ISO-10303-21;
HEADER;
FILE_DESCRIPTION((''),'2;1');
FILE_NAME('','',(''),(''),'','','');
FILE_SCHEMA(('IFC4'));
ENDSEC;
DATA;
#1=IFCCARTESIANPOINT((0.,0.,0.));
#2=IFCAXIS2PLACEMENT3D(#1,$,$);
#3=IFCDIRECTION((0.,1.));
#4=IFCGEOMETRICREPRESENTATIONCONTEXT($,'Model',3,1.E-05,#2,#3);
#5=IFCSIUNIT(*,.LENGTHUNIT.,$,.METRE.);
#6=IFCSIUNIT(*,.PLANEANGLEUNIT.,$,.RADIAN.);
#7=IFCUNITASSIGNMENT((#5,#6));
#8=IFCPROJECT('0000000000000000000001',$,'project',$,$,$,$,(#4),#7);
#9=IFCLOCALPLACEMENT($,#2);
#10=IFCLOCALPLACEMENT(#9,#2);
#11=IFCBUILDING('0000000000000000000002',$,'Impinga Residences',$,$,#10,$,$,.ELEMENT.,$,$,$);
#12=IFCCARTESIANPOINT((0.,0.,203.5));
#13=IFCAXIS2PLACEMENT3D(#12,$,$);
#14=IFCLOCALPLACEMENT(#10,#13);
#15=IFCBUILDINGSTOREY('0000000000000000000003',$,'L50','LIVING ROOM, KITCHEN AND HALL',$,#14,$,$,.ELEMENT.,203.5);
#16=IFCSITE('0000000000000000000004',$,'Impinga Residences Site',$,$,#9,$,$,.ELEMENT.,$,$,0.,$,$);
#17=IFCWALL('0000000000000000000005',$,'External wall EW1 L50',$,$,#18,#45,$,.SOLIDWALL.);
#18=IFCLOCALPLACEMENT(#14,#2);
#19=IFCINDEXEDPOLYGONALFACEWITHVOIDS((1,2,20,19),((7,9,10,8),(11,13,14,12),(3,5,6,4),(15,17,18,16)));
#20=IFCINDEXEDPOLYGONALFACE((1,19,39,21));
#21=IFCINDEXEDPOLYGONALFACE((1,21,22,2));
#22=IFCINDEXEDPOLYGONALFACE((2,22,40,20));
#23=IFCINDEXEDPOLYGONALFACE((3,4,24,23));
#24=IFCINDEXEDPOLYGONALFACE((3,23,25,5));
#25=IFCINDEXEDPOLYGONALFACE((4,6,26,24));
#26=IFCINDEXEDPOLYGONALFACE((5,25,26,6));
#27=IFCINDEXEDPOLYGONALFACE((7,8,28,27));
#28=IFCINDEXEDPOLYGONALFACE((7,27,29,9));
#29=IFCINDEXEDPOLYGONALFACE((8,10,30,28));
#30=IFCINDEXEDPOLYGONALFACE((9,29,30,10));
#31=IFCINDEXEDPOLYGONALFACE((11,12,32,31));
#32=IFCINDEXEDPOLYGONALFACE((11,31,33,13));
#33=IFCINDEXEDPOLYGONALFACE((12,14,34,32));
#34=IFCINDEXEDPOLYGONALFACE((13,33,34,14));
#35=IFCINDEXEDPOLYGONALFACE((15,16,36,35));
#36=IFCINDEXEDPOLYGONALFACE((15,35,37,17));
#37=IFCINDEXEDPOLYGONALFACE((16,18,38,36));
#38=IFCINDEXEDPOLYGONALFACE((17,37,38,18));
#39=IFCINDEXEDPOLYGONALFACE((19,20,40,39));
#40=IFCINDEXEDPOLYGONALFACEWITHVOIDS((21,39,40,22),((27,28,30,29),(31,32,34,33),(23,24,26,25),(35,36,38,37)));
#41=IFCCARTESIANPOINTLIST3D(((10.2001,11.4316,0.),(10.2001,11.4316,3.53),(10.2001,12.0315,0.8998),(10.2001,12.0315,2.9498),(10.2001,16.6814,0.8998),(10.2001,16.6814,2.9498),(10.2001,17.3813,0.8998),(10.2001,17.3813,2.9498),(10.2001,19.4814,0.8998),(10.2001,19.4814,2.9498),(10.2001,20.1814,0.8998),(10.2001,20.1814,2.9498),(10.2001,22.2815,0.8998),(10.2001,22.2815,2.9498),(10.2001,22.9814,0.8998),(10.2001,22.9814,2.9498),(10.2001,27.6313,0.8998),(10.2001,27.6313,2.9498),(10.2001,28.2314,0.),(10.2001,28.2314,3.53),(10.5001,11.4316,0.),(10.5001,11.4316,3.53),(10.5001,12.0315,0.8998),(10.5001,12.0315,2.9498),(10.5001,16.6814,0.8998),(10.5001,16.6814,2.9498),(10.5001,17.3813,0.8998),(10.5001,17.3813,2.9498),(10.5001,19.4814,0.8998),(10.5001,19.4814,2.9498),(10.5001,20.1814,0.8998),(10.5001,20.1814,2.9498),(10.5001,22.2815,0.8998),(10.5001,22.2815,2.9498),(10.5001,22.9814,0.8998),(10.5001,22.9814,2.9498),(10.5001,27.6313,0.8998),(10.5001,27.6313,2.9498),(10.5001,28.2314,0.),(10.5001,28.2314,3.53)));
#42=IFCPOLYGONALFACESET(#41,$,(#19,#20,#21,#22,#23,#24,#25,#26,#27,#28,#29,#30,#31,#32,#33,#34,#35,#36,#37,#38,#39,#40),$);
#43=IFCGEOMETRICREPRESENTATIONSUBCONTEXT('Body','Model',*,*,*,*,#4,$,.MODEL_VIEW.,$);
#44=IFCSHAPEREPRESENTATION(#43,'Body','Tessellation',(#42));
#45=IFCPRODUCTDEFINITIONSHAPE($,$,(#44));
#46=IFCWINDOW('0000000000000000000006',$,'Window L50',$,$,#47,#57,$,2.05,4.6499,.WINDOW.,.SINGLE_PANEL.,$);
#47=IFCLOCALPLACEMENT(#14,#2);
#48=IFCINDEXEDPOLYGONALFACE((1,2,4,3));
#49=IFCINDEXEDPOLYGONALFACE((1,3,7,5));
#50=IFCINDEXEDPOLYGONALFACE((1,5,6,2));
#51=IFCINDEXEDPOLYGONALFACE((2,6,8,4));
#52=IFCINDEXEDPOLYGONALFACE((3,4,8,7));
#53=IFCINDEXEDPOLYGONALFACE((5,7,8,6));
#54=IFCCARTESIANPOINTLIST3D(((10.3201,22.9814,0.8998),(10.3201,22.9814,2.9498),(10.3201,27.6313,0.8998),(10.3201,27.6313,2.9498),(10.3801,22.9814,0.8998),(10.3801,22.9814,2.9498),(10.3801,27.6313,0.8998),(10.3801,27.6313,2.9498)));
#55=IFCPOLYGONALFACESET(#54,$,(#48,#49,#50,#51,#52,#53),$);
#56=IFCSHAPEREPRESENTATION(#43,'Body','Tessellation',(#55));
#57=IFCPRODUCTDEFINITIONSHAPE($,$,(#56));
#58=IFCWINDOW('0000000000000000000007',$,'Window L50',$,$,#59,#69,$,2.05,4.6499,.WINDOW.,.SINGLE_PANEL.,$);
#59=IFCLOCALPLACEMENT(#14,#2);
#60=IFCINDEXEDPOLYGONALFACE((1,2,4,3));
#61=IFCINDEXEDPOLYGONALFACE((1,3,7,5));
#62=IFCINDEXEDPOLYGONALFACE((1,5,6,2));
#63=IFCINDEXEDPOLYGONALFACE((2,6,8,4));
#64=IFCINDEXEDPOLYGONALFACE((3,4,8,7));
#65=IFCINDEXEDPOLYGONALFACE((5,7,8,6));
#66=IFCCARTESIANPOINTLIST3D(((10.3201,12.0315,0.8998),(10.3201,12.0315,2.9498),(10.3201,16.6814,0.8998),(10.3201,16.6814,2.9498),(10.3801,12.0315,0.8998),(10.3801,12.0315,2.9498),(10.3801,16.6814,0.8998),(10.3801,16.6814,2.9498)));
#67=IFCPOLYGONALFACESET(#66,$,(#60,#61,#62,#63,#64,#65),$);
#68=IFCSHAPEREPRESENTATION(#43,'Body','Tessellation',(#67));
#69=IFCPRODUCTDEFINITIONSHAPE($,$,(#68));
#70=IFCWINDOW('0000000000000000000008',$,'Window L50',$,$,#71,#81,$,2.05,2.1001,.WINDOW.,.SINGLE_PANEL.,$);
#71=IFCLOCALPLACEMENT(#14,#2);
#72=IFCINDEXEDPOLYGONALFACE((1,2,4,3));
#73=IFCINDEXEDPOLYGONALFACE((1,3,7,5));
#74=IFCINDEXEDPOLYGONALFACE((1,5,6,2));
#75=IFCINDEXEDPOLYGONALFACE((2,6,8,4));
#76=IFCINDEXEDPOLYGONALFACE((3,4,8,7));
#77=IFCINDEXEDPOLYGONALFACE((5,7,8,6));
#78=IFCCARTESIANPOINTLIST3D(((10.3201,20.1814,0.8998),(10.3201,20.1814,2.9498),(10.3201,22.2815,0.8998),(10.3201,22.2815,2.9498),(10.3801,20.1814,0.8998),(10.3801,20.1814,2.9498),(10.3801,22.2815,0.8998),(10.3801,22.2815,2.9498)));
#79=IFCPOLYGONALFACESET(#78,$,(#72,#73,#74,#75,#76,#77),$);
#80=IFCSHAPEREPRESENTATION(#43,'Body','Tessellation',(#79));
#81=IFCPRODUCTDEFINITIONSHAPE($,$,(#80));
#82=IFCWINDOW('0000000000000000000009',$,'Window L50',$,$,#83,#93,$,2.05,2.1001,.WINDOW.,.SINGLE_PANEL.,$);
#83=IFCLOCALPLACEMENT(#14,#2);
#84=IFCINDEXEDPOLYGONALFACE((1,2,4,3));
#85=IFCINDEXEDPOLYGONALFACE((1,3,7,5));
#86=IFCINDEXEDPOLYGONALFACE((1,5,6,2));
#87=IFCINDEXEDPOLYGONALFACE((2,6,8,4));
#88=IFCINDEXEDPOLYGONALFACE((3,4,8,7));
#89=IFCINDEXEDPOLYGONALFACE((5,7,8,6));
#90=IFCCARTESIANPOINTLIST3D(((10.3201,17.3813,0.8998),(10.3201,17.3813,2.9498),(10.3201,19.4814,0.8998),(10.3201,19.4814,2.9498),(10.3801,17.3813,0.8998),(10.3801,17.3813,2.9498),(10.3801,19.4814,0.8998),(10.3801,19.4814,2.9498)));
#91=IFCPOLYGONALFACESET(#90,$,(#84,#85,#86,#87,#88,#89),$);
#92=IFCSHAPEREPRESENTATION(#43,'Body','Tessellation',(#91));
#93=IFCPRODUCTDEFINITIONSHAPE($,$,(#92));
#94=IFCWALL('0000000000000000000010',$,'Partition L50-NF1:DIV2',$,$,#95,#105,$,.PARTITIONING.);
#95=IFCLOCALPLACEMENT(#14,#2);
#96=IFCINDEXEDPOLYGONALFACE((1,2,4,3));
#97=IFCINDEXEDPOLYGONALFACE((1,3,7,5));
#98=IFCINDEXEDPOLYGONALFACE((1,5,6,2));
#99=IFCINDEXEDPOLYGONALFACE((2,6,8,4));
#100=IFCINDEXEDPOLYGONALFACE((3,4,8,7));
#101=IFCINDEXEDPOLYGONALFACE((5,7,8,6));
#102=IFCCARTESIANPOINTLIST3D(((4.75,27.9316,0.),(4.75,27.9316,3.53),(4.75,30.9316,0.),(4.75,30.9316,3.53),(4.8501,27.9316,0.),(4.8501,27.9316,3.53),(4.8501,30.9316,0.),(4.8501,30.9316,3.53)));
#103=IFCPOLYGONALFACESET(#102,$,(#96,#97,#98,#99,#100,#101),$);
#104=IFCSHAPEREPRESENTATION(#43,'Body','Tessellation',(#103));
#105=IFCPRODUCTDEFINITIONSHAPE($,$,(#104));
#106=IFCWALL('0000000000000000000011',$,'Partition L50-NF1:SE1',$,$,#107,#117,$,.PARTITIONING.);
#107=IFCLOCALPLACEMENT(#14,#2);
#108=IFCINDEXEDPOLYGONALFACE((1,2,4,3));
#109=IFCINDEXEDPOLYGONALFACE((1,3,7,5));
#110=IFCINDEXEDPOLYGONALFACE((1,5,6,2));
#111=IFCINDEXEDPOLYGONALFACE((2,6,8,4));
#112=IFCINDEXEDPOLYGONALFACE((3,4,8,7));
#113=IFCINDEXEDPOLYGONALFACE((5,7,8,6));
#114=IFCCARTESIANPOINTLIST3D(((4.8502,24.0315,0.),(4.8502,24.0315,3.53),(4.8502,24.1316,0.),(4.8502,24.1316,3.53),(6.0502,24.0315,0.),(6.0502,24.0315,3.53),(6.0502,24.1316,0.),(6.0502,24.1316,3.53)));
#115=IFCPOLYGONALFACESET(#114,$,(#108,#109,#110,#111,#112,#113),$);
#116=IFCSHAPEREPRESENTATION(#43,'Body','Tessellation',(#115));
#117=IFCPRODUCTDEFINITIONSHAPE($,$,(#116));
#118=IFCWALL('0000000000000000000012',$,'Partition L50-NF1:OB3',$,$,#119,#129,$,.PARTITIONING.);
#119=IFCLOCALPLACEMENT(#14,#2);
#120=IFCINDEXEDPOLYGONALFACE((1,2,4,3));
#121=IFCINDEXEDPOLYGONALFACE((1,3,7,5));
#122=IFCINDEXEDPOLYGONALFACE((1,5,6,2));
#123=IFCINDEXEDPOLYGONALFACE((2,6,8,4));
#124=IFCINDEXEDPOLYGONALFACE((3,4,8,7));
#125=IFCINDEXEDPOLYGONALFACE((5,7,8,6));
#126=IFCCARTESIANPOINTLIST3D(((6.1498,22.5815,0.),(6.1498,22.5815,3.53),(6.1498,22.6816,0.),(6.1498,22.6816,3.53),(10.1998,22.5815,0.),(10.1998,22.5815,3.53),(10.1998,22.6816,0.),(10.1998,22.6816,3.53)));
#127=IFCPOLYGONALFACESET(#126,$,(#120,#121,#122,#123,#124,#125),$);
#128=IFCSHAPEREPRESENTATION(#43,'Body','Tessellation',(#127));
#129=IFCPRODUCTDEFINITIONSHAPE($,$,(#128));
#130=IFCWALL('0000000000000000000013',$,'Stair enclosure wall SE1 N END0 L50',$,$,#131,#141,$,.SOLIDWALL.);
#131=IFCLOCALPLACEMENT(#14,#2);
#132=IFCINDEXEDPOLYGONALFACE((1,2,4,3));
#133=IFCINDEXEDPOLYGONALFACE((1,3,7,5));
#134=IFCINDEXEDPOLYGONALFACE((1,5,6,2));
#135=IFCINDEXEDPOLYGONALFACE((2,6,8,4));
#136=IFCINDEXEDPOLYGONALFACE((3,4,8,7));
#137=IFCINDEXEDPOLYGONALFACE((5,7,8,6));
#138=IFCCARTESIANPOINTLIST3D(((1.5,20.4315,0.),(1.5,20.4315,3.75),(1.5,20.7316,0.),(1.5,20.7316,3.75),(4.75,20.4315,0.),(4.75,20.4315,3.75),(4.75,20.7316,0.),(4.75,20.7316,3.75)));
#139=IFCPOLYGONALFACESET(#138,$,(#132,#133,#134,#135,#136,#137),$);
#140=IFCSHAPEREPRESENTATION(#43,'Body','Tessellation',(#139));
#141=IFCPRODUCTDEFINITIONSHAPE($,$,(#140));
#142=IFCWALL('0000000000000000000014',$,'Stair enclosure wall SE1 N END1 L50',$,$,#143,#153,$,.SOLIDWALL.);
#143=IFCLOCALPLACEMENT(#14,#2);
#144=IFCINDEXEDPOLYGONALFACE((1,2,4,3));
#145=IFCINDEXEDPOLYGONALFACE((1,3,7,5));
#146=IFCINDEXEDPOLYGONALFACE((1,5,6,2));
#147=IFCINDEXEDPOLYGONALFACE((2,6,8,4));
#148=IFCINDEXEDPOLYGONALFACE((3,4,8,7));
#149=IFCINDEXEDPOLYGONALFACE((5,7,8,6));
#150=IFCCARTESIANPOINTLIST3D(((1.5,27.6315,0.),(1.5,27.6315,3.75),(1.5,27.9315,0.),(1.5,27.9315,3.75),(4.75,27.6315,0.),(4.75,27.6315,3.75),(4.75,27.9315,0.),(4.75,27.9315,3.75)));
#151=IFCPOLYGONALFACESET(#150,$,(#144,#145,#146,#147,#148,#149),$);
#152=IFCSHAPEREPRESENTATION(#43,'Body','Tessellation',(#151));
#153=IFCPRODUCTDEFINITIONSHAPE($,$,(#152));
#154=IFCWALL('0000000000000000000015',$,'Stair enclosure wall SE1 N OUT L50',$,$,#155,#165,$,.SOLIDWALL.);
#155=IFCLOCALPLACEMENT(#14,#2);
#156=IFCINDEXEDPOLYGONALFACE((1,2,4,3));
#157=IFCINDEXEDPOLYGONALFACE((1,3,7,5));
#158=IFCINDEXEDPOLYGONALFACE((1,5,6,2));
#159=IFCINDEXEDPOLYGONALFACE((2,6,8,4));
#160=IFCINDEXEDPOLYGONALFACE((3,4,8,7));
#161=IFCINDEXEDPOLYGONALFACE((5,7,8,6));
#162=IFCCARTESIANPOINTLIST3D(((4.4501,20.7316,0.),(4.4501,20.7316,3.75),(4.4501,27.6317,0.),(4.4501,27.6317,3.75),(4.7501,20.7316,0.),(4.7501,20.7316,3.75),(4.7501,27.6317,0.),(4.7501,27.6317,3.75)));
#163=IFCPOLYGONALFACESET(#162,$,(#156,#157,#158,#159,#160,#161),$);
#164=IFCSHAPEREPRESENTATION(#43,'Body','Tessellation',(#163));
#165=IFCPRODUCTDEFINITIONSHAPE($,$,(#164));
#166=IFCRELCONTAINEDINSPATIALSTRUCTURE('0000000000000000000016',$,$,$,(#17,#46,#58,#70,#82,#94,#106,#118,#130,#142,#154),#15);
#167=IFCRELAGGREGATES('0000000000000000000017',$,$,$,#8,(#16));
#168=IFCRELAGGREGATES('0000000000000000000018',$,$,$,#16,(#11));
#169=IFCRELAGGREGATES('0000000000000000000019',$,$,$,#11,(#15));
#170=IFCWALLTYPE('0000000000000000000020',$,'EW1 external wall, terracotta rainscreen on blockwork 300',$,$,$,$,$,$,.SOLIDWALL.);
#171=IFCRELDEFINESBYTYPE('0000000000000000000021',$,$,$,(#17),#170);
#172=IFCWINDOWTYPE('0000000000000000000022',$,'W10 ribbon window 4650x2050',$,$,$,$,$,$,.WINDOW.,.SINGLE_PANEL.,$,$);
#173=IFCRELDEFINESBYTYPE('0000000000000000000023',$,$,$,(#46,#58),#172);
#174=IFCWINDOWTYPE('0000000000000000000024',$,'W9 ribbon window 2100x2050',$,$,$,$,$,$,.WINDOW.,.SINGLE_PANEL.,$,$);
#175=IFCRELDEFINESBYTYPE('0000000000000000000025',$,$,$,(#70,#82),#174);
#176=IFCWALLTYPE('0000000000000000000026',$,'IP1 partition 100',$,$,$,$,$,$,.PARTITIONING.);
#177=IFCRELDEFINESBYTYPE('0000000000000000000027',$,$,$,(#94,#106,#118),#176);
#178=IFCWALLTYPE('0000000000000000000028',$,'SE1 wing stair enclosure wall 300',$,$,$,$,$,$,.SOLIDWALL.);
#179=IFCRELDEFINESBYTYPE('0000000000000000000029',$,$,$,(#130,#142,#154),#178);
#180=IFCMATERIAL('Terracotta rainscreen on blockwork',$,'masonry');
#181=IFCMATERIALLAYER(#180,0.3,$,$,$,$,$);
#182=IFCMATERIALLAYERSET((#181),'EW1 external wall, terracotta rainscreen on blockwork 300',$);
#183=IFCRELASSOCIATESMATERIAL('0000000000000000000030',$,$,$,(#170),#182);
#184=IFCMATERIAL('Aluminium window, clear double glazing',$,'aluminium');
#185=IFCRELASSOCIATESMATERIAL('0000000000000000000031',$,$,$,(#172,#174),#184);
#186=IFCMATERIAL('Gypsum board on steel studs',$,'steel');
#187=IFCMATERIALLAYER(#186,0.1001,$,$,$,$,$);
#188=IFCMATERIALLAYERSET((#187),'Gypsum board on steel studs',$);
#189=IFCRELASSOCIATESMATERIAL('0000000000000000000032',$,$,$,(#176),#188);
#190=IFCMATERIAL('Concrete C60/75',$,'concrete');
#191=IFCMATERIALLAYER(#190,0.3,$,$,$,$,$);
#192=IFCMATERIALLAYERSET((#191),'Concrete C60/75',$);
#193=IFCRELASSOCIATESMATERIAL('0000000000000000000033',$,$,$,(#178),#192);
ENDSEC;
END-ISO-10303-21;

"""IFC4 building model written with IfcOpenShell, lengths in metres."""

from ifc_helpers import new_model, si_unit, direction, frame, frame_2d, origin, place, context, subcontext, project, spatial, rectangle, extrude, material, layer, layer_set, type_object, element, fill, save


model = new_model("IFC4")

# Units and contexts
model_context = context("Model", 3, precision=1e-05, world=origin(), true_north=direction((0.0, 1.0)))
body_context = subcontext(model_context, "Body", "Model", "MODEL_VIEW")
ifc_project = project(units=[si_unit("LENGTHUNIT", "METRE"), si_unit("PLANEANGLEUNIT", "RADIAN")], contexts=[model_context])

# Site, building, storey
site_placement = place(None, origin())
site = spatial("IfcSite", under=ifc_project, at=site_placement, Name="Impinga Residences Site", CompositionType="ELEMENT", RefElevation=0.0)
building_placement = place(site_placement, origin())
building = spatial("IfcBuilding", under=site, at=building_placement, Name="Impinga Residences", CompositionType="ELEMENT")
storey_placement = place(building_placement, frame((0.0, 0.0, 203.5)))
storey = spatial("IfcBuildingStorey", under=building, at=storey_placement, Name="L50", Description="LIVING ROOM, KITCHEN AND HALL", CompositionType="ELEMENT", Elevation=203.5)

# Shared definitions
ifc_material_1 = material(Name="Concrete C60/75", Category="concrete")

# Shared definitions
ifc_material_2 = material(Name="Terracotta rainscreen on blockwork", Category="masonry")
ifc_layer_1 = layer(ifc_material_2, 0.3)
ifc_layer_set_1 = layer_set([ifc_layer_1], Name="EW1 external wall, terracotta rainscreen on blockwork 300")
wall_type_1 = type_object("IfcWallType", Name="EW1 external wall, terracotta rainscreen on blockwork 300", PredefinedType="SOLIDWALL", material=ifc_layer_set_1)

# Wall, openings, windows
wall_1_placement = place(storey_placement, frame((10.3501, 28.2314, 0.0), z_axis=(0.0, 0.0, 1.0), x_axis=(0.0, -1.0, 0.0)))
wall_1 = element("IfcWall", 1, at=wall_1_placement, inside=storey, type_object=wall_type_1, Name="External wall EW1 L50", PredefinedType="SOLIDWALL", context=body_context, shape_type="SweptSolid", body=[
    extrude(rectangle(XDim=16.7998, YDim=0.3, at=frame_2d((8.3999, 0.0))), origin(), (0.0, 0.0, 1.0), 3.53),
])
opening_1_placement = place(wall_1_placement, frame((0.6001, 0.0, 0.8999)))
opening_1 = element("IfcOpeningElement", 2, at=opening_1_placement, cuts=wall_1, PredefinedType="OPENING", context=body_context, shape_type="SweptSolid", body=[
    extrude(rectangle(XDim=4.6499, YDim=2.05, at=frame_2d((2.325, 1.0249))), frame((0.0, 0.1599, 0.0), z_axis=(0.0, -1.0, 0.0), x_axis=(1.0, 0.0, 0.0)), (0.0, 0.0, 1.0), 0.3201),
])
opening_2_placement = place(wall_1_placement, frame((5.95, 0.0, 0.8999)))
opening_2 = element("IfcOpeningElement", 3, at=opening_2_placement, cuts=wall_1, PredefinedType="OPENING", context=body_context, shape_type="SweptSolid", body=[
    extrude(rectangle(XDim=2.1001, YDim=2.05, at=frame_2d((1.05, 1.0249))), frame((0.0, 0.1599, 0.0), z_axis=(0.0, -1.0, 0.0), x_axis=(1.0, 0.0, 0.0)), (0.0, 0.0, 1.0), 0.3201),
])
opening_3_placement = place(wall_1_placement, frame((8.75, 0.0, 0.8999)))
opening_3 = element("IfcOpeningElement", 4, at=opening_3_placement, cuts=wall_1, PredefinedType="OPENING", context=body_context, shape_type="SweptSolid", body=[
    extrude(rectangle(XDim=2.1001, YDim=2.05, at=frame_2d((1.05, 1.0249))), frame((0.0, 0.1599, 0.0), z_axis=(0.0, -1.0, 0.0), x_axis=(1.0, 0.0, 0.0)), (0.0, 0.0, 1.0), 0.3201),
])
opening_4_placement = place(wall_1_placement, frame((11.55, 0.0, 0.8999)))
opening_4 = element("IfcOpeningElement", 5, at=opening_4_placement, cuts=wall_1, PredefinedType="OPENING", context=body_context, shape_type="SweptSolid", body=[
    extrude(rectangle(XDim=4.6499, YDim=2.05, at=frame_2d((2.325, 1.0249))), frame((0.0, 0.1599, 0.0), z_axis=(0.0, -1.0, 0.0), x_axis=(1.0, 0.0, 0.0)), (0.0, 0.0, 1.0), 0.3201),
])
ifc_material_3 = material(Name="Aluminium window, clear double glazing", Category="aluminium")
window_type_1 = type_object("IfcWindowType", Name="W10 ribbon window 4650x2050", PartitioningType="SINGLE_PANEL", PredefinedType="WINDOW", material=ifc_material_3)
window_1_placement = place(opening_1_placement, origin())
window_1 = element("IfcWindow", 6, at=window_1_placement, inside=storey, type_object=window_type_1, Name="Window L50", OverallHeight=2.05, OverallWidth=4.6499, PartitioningType="SINGLE_PANEL", PredefinedType="WINDOW", context=body_context, shape_type="SweptSolid", body=[
    extrude(rectangle(XDim=4.6499, YDim=2.05, at=frame_2d((2.325, 1.0249))), frame((0.0, 0.03, 0.0), z_axis=(0.0, -1.0, 0.0), x_axis=(1.0, 0.0, 0.0)), (0.0, 0.0, 1.0), 0.0601),
])
fill(opening_1, window_1)
window_2_placement = place(opening_4_placement, origin())
window_2 = element("IfcWindow", 7, at=window_2_placement, inside=storey, type_object=window_type_1, Name="Window L50", OverallHeight=2.05, OverallWidth=4.6499, PartitioningType="SINGLE_PANEL", PredefinedType="WINDOW", context=body_context, shape_type="SweptSolid", body=[
    extrude(rectangle(XDim=4.6499, YDim=2.05, at=frame_2d((2.325, 1.0249))), frame((0.0, 0.03, 0.0), z_axis=(0.0, -1.0, 0.0), x_axis=(1.0, 0.0, 0.0)), (0.0, 0.0, 1.0), 0.0601),
])
fill(opening_4, window_2)
window_type_2 = type_object("IfcWindowType", Name="W9 ribbon window 2100x2050", PartitioningType="SINGLE_PANEL", PredefinedType="WINDOW", material=ifc_material_3)
window_3_placement = place(opening_2_placement, origin())
window_3 = element("IfcWindow", 8, at=window_3_placement, inside=storey, type_object=window_type_2, Name="Window L50", OverallHeight=2.05, OverallWidth=2.1001, PartitioningType="SINGLE_PANEL", PredefinedType="WINDOW", context=body_context, shape_type="SweptSolid", body=[
    extrude(rectangle(XDim=2.1001, YDim=2.05, at=frame_2d((1.05, 1.0249))), frame((0.0, 0.03, 0.0), z_axis=(0.0, -1.0, 0.0), x_axis=(1.0, 0.0, 0.0)), (0.0, 0.0, 1.0), 0.0601),
])
fill(opening_2, window_3)
window_4_placement = place(opening_3_placement, origin())
window_4 = element("IfcWindow", 9, at=window_4_placement, inside=storey, type_object=window_type_2, Name="Window L50", OverallHeight=2.05, OverallWidth=2.1001, PartitioningType="SINGLE_PANEL", PredefinedType="WINDOW", context=body_context, shape_type="SweptSolid", body=[
    extrude(rectangle(XDim=2.1001, YDim=2.05, at=frame_2d((1.05, 1.0249))), frame((0.0, 0.03, 0.0), z_axis=(0.0, -1.0, 0.0), x_axis=(1.0, 0.0, 0.0)), (0.0, 0.0, 1.0), 0.0601),
])
fill(opening_3, window_4)

# Walls
ifc_material_4 = material(Name="Gypsum board on steel studs", Category="steel")
ifc_layer_2 = layer(ifc_material_4, 0.1001)
ifc_layer_set_2 = layer_set([ifc_layer_2], Name="Gypsum board on steel studs")
wall_type_2 = type_object("IfcWallType", Name="IP1 partition 100", PredefinedType="PARTITIONING", material=ifc_layer_set_2)
wall_2_placement = place(storey_placement, frame((4.8, 27.9316, 0.0), z_axis=(0.0, 0.0, 1.0), x_axis=(0.0, 1.0, 0.0)))
element("IfcWall", 10, at=wall_2_placement, inside=storey, type_object=wall_type_2, Name="Partition L50-NF1:DIV2", PredefinedType="PARTITIONING", context=body_context, shape_type="SweptSolid", body=[
    extrude(rectangle(XDim=3.0, YDim=0.1001, at=frame_2d((1.5, 0.0))), origin(), (0.0, 0.0, 1.0), 3.53),
])
wall_3_placement = place(storey_placement, frame((4.8501, 24.0815, 0.0), z_axis=(0.0, 0.0, 1.0), x_axis=(1.0, 0.0, 0.0)))
element("IfcWall", 11, at=wall_3_placement, inside=storey, type_object=wall_type_2, Name="Partition L50-NF1:SE1", PredefinedType="PARTITIONING", context=body_context, shape_type="SweptSolid", body=[
    extrude(rectangle(XDim=1.2, YDim=0.1001, at=frame_2d((0.6001, 0.0))), origin(), (0.0, 0.0, 1.0), 3.53),
])
wall_4_placement = place(storey_placement, frame((6.1499, 22.6316, 0.0), z_axis=(0.0, 0.0, 1.0), x_axis=(1.0, 0.0, 0.0)))
element("IfcWall", 12, at=wall_4_placement, inside=storey, type_object=wall_type_2, Name="Partition L50-NF1:OB3", PredefinedType="PARTITIONING", context=body_context, shape_type="SweptSolid", body=[
    extrude(rectangle(XDim=4.05, YDim=0.1001, at=frame_2d((2.0249, 0.0))), origin(), (0.0, 0.0, 1.0), 3.53),
])
ifc_layer_3 = layer(ifc_material_1, 0.3)
ifc_layer_set_3 = layer_set([ifc_layer_3], Name="Concrete C60/75")
wall_type_3 = type_object("IfcWallType", Name="SE1 wing stair enclosure wall 300", PredefinedType="SOLIDWALL", material=ifc_layer_set_3)
for number, where, z_axis, x_axis, name in (
    (13, (1.5, 20.5815, 0.0), (0.0, 0.0, 1.0), (1.0, 0.0, 0.0), "Stair enclosure wall SE1 N END0 L50"),
    (14, (1.5, 27.7815, 0.0), (0.0, 0.0, 1.0), (1.0, 0.0, 0.0), "Stair enclosure wall SE1 N END1 L50"),
):
    element("IfcWall", number, at=place(storey_placement, frame(where, z_axis=z_axis, x_axis=x_axis)), inside=storey, type_object=wall_type_3, Name=name, PredefinedType="SOLIDWALL", context=body_context, shape_type="SweptSolid", body=[
        extrude(rectangle(XDim=3.25, YDim=0.3, at=frame_2d((1.625, 0.0))), origin(), (0.0, 0.0, 1.0), 3.75),
    ])
wall_5_placement = place(storey_placement, frame((4.6001, 20.7314, 0.0), z_axis=(0.0, 0.0, 1.0), x_axis=(0.0, 1.0, 0.0)))
element("IfcWall", 15, at=wall_5_placement, inside=storey, type_object=wall_type_3, Name="Stair enclosure wall SE1 N OUT L50", PredefinedType="SOLIDWALL", context=body_context, shape_type="SweptSolid", body=[
    extrude(rectangle(XDim=6.9001, YDim=0.3, at=frame_2d((3.4502, 0.0))), origin(), (0.0, 0.0, 1.0), 3.75),
])

save(model, "model.ifc")
